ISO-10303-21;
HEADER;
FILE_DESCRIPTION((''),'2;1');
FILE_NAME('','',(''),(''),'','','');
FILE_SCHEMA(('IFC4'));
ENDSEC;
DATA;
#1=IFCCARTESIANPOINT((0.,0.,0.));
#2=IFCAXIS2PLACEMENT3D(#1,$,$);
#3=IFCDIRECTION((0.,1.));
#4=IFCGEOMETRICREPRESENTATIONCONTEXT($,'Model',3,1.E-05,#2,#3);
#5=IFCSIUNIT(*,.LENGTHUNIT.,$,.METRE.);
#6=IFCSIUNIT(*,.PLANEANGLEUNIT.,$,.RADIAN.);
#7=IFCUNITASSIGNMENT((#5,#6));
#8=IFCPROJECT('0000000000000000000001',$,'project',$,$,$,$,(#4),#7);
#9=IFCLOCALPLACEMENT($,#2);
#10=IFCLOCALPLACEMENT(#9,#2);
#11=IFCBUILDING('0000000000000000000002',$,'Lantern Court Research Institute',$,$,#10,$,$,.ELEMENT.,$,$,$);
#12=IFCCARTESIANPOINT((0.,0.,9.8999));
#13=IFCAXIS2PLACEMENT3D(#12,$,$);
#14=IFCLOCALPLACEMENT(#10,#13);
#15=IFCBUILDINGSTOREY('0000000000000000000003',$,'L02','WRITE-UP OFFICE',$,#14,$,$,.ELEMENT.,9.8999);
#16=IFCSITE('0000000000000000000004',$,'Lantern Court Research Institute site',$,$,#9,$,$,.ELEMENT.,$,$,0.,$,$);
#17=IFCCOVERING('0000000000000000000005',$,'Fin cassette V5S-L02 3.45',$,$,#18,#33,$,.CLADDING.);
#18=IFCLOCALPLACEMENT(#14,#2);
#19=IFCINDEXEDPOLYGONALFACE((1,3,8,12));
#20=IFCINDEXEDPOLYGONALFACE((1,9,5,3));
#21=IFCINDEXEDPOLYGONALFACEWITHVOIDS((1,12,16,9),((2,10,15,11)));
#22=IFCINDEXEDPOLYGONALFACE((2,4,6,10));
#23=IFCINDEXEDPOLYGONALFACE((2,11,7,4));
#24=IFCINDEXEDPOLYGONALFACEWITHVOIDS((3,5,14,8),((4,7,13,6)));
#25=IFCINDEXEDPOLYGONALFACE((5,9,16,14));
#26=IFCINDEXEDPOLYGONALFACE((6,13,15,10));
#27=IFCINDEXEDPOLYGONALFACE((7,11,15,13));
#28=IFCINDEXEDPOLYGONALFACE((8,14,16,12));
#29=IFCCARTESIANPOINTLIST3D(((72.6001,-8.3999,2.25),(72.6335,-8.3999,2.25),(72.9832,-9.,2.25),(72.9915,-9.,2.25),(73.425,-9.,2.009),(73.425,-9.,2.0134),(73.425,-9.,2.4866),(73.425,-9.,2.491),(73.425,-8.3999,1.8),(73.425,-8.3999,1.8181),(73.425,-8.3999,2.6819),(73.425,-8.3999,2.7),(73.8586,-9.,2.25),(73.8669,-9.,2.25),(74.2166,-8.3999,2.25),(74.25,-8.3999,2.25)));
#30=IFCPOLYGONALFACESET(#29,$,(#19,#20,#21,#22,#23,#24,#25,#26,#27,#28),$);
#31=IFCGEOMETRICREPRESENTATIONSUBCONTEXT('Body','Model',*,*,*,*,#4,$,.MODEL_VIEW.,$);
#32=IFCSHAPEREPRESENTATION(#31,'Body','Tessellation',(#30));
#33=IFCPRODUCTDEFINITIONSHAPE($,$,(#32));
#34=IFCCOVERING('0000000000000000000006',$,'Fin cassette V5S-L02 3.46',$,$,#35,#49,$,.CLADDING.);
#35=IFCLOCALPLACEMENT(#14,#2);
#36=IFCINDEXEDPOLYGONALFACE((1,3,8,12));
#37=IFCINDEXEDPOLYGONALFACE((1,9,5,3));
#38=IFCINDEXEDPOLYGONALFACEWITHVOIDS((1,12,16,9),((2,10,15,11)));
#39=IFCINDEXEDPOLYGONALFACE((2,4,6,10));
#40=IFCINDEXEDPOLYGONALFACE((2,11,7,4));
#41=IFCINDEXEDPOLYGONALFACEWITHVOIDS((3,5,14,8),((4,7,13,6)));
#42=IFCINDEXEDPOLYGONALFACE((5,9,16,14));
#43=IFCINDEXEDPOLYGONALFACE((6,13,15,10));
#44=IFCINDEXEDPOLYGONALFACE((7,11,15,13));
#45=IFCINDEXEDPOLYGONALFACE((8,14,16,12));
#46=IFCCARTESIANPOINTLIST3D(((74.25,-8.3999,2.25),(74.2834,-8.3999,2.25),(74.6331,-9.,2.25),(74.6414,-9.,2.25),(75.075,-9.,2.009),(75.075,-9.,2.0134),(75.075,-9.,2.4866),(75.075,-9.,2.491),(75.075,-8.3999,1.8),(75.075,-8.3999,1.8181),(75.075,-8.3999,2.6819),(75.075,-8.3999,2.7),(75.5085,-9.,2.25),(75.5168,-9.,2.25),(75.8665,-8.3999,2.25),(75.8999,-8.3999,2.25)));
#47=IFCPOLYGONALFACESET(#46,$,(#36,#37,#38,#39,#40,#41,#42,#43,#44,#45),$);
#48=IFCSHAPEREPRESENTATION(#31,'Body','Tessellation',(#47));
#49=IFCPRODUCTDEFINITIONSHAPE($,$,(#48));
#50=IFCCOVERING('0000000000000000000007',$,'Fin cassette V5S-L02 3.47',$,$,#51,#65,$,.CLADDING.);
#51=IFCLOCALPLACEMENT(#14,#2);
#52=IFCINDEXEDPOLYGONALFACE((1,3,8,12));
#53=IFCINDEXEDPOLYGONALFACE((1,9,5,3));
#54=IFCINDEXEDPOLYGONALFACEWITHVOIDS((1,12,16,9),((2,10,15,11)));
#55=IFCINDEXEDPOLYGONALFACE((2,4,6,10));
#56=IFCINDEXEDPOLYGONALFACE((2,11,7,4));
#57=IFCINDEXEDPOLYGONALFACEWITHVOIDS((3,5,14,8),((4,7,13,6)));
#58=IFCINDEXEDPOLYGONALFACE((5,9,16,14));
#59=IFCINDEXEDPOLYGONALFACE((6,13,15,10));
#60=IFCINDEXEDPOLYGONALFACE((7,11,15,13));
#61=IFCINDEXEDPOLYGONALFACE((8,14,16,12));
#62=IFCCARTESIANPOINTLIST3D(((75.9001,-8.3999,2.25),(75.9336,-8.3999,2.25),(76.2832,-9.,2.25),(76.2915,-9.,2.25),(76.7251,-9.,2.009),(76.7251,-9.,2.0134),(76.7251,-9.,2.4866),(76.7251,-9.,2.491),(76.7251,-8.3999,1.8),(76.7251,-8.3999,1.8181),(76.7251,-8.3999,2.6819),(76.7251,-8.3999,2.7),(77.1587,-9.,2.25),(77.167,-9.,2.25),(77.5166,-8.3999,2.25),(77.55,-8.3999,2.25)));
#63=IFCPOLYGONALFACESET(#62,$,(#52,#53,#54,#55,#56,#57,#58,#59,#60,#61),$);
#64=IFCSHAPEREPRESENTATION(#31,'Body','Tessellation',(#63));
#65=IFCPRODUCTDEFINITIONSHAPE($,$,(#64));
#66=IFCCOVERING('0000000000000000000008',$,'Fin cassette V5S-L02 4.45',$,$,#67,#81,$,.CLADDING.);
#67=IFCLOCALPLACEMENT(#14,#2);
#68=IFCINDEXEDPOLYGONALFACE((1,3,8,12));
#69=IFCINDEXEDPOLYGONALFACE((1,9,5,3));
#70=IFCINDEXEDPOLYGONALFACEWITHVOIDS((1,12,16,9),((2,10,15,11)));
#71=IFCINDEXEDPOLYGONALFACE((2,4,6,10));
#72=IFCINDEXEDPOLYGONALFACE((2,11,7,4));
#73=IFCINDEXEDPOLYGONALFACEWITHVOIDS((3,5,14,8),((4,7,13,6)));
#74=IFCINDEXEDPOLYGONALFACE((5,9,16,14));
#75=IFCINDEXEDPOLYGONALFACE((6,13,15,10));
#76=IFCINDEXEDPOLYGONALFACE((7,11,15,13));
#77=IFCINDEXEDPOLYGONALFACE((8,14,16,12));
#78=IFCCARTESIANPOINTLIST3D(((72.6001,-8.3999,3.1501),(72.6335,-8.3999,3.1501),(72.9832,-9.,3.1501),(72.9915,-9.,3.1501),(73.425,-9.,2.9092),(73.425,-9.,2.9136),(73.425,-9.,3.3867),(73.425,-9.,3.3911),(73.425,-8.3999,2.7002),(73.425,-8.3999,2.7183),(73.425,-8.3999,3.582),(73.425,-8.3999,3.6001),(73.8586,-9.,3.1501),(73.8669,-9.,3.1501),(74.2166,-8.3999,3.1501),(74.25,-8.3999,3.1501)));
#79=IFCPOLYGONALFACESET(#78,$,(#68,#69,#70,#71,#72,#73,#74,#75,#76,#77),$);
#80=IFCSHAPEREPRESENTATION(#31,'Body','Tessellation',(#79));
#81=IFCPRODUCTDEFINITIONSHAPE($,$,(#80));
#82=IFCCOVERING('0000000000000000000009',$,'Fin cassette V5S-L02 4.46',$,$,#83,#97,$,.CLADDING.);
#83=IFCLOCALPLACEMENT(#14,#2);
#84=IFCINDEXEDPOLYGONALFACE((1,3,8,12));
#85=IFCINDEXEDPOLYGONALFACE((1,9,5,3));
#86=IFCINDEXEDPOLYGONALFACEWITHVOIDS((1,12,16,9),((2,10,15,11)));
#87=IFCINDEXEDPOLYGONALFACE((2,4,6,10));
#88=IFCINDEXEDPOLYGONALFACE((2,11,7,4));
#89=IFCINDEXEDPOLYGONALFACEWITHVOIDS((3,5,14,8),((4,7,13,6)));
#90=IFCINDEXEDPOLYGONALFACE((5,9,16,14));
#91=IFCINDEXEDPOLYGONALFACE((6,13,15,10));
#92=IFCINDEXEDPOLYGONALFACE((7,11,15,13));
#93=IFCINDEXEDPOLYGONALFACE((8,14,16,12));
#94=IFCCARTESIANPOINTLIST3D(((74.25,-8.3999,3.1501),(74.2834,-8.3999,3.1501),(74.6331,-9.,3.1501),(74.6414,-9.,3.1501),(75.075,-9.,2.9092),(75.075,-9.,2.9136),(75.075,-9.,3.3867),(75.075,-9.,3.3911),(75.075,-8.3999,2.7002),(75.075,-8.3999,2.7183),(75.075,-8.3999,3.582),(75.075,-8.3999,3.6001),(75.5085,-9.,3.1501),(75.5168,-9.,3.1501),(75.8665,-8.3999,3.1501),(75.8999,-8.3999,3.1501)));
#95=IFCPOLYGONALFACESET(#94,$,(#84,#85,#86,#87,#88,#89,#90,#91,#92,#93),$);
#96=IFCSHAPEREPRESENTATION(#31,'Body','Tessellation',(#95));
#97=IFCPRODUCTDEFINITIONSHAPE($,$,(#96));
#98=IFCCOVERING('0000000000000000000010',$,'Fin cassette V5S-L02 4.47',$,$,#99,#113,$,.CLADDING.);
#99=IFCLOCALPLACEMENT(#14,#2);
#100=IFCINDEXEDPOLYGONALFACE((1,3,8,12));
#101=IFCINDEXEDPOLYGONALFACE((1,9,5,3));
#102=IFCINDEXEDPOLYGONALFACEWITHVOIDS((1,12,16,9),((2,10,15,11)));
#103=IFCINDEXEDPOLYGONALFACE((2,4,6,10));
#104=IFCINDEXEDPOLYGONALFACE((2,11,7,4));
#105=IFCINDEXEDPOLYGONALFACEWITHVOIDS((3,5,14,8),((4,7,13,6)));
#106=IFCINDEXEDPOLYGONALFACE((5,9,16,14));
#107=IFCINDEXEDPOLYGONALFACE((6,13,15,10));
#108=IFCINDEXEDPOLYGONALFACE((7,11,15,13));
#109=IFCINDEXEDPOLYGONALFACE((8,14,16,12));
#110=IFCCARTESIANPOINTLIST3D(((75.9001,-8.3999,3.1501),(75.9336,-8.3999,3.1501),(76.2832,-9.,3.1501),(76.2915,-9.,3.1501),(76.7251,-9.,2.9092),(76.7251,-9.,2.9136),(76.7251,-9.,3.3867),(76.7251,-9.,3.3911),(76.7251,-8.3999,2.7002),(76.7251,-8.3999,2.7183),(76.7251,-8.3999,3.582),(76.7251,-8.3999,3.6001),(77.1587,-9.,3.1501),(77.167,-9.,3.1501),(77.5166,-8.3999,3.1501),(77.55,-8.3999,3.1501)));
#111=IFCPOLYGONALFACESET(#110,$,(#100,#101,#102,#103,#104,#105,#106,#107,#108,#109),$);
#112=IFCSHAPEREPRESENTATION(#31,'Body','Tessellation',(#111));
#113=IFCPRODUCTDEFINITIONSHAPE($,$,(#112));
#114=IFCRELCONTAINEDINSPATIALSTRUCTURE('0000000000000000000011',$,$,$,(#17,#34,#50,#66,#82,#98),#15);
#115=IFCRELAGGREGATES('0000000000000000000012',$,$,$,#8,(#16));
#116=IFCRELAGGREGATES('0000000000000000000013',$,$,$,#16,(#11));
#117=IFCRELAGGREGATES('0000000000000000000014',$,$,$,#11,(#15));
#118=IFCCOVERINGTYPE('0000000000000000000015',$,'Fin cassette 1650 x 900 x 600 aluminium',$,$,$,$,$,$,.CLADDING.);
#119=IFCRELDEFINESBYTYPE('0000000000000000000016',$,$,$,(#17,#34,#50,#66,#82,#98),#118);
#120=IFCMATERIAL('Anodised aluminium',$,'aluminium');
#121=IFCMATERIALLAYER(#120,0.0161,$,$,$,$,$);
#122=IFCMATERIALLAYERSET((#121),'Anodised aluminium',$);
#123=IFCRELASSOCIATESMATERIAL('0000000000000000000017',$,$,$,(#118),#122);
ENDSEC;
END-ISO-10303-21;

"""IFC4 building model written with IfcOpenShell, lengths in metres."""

from ifc_helpers import new_model, entity, si_unit, direction, frame, origin, place, context, subcontext, project, spatial, material, layer, layer_set, type_object, element, save


model = new_model("IFC4")

# Units and contexts
model_context = context("Model", 3, precision=1e-05, world=origin(), true_north=direction((0.0, 1.0)))
body_context = subcontext(model_context, "Body", "Model", "MODEL_VIEW")
ifc_project = project(units=[si_unit("LENGTHUNIT", "METRE"), si_unit("PLANEANGLEUNIT", "RADIAN")], contexts=[model_context])

# Site, building, storey
site_placement = place(None, origin())
site = spatial("IfcSite", under=ifc_project, at=site_placement, Name="Lantern Court Research Institute site", CompositionType="ELEMENT", RefElevation=0.0)
building_placement = place(site_placement, origin())
building = spatial("IfcBuilding", under=site, at=building_placement, Name="Lantern Court Research Institute", CompositionType="ELEMENT")
storey_placement = place(building_placement, frame((0.0, 0.0, 9.8999)))
storey = spatial("IfcBuildingStorey", under=building, at=storey_placement, Name="L02", Description="WRITE-UP OFFICE", CompositionType="ELEMENT", Elevation=9.8999)

# Coverings
ifc_material_1 = material(Name="Anodised aluminium", Category="aluminium")
ifc_layer_1 = layer(ifc_material_1, 0.0161)
ifc_layer_set_1 = layer_set([ifc_layer_1], Name="Anodised aluminium")
covering_type = type_object("IfcCoveringType", Name="Fin cassette 1650 x 900 x 600 aluminium", PredefinedType="CLADDING", material=ifc_layer_set_1)
covering_1_placement = place(storey_placement, frame((73.425, -8.3999, 2.25), z_axis=(0.0, -1.0, 0.0), x_axis=(1.0, 0.0, 0.0)))
cartesian_point_1 = entity("IfcCartesianPoint", [0.825, 0.0])
cartesian_point_2 = entity("IfcCartesianPoint", [0.7915, 0.0])
cartesian_point_3 = entity("IfcCartesianPoint", [0.4419, 0.0])
cartesian_point_4 = entity("IfcCartesianPoint", [0.4336, 0.0])
element("IfcCovering", 1, at=covering_1_placement, inside=storey, type_object=covering_type, Name="Fin cassette V5S-L02 3.45", PredefinedType="CLADDING", context=body_context, shape_type="SweptSolid", body=[
    entity("IfcExtrudedAreaSolidTapered", entity("IfcArbitraryProfileDefWithVoids", "AREA", None, entity("IfcPolyline", [cartesian_point_1, entity("IfcCartesianPoint", [0.0, 0.45]), entity("IfcCartesianPoint", [-0.825, 0.0]), entity("IfcCartesianPoint", [0.0, -0.45]), cartesian_point_1]), [entity("IfcPolyline", [cartesian_point_2, entity("IfcCartesianPoint", [0.0, 0.4319]), entity("IfcCartesianPoint", [-0.7915, 0.0]), entity("IfcCartesianPoint", [0.0, -0.4319]), cartesian_point_2])]), entity("IfcAxis2Placement3D", entity("IfcCartesianPoint", [0.0, 0.0, 0.0])), entity("IfcDirection", [0.0, 0.0, 1.0]), 0.6001, entity("IfcArbitraryProfileDefWithVoids", "AREA", None, entity("IfcPolyline", [cartesian_point_3, entity("IfcCartesianPoint", [0.0, 0.241]), entity("IfcCartesianPoint", [-0.4419, 0.0]), entity("IfcCartesianPoint", [0.0, -0.241]), cartesian_point_3]), [entity("IfcPolyline", [cartesian_point_4, entity("IfcCartesianPoint", [0.0, 0.2366]), entity("IfcCartesianPoint", [-0.4336, 0.0]), entity("IfcCartesianPoint", [0.0, -0.2366]), cartesian_point_4])])),
])
covering_2_placement = place(storey_placement, frame((75.075, -8.3999, 2.25), z_axis=(0.0, -1.0, 0.0), x_axis=(1.0, 0.0, 0.0)))
cartesian_point_5 = entity("IfcCartesianPoint", [0.825, 0.0])
cartesian_point_6 = entity("IfcCartesianPoint", [0.7915, 0.0])
cartesian_point_7 = entity("IfcCartesianPoint", [0.4419, 0.0])
cartesian_point_8 = entity("IfcCartesianPoint", [0.4336, 0.0])
element("IfcCovering", 2, at=covering_2_placement, inside=storey, type_object=covering_type, Name="Fin cassette V5S-L02 3.46", PredefinedType="CLADDING", context=body_context, shape_type="SweptSolid", body=[
    entity("IfcExtrudedAreaSolidTapered", entity("IfcArbitraryProfileDefWithVoids", "AREA", None, entity("IfcPolyline", [cartesian_point_5, entity("IfcCartesianPoint", [0.0, 0.45]), entity("IfcCartesianPoint", [-0.825, 0.0]), entity("IfcCartesianPoint", [0.0, -0.45]), cartesian_point_5]), [entity("IfcPolyline", [cartesian_point_6, entity("IfcCartesianPoint", [0.0, 0.4319]), entity("IfcCartesianPoint", [-0.7915, 0.0]), entity("IfcCartesianPoint", [0.0, -0.4319]), cartesian_point_6])]), entity("IfcAxis2Placement3D", entity("IfcCartesianPoint", [0.0, 0.0, 0.0])), entity("IfcDirection", [0.0, 0.0, 1.0]), 0.6001, entity("IfcArbitraryProfileDefWithVoids", "AREA", None, entity("IfcPolyline", [cartesian_point_7, entity("IfcCartesianPoint", [0.0, 0.241]), entity("IfcCartesianPoint", [-0.4419, 0.0]), entity("IfcCartesianPoint", [0.0, -0.241]), cartesian_point_7]), [entity("IfcPolyline", [cartesian_point_8, entity("IfcCartesianPoint", [0.0, 0.2366]), entity("IfcCartesianPoint", [-0.4336, 0.0]), entity("IfcCartesianPoint", [0.0, -0.2366]), cartesian_point_8])])),
])
covering_3_placement = place(storey_placement, frame((76.7251, -8.3999, 2.25), z_axis=(0.0, -1.0, 0.0), x_axis=(1.0, 0.0, 0.0)))
cartesian_point_9 = entity("IfcCartesianPoint", [0.825, 0.0])
cartesian_point_10 = entity("IfcCartesianPoint", [0.7915, 0.0])
cartesian_point_11 = entity("IfcCartesianPoint", [0.4419, 0.0])
cartesian_point_12 = entity("IfcCartesianPoint", [0.4336, 0.0])
element("IfcCovering", 3, at=covering_3_placement, inside=storey, type_object=covering_type, Name="Fin cassette V5S-L02 3.47", PredefinedType="CLADDING", context=body_context, shape_type="SweptSolid", body=[
    entity("IfcExtrudedAreaSolidTapered", entity("IfcArbitraryProfileDefWithVoids", "AREA", None, entity("IfcPolyline", [cartesian_point_9, entity("IfcCartesianPoint", [0.0, 0.45]), entity("IfcCartesianPoint", [-0.825, 0.0]), entity("IfcCartesianPoint", [0.0, -0.45]), cartesian_point_9]), [entity("IfcPolyline", [cartesian_point_10, entity("IfcCartesianPoint", [0.0, 0.4319]), entity("IfcCartesianPoint", [-0.7915, 0.0]), entity("IfcCartesianPoint", [0.0, -0.4319]), cartesian_point_10])]), entity("IfcAxis2Placement3D", entity("IfcCartesianPoint", [0.0, 0.0, 0.0])), entity("IfcDirection", [0.0, 0.0, 1.0]), 0.6001, entity("IfcArbitraryProfileDefWithVoids", "AREA", None, entity("IfcPolyline", [cartesian_point_11, entity("IfcCartesianPoint", [0.0, 0.241]), entity("IfcCartesianPoint", [-0.4419, 0.0]), entity("IfcCartesianPoint", [0.0, -0.241]), cartesian_point_11]), [entity("IfcPolyline", [cartesian_point_12, entity("IfcCartesianPoint", [0.0, 0.2366]), entity("IfcCartesianPoint", [-0.4336, 0.0]), entity("IfcCartesianPoint", [0.0, -0.2366]), cartesian_point_12])])),
])
covering_4_placement = place(storey_placement, frame((73.425, -8.3999, 3.1501), z_axis=(0.0, -1.0, 0.0), x_axis=(1.0, 0.0, 0.0)))
cartesian_point_13 = entity("IfcCartesianPoint", [0.825, 0.0])
cartesian_point_14 = entity("IfcCartesianPoint", [0.7915, 0.0])
cartesian_point_15 = entity("IfcCartesianPoint", [0.4419, 0.0])
cartesian_point_16 = entity("IfcCartesianPoint", [0.4336, 0.0])
element("IfcCovering", 4, at=covering_4_placement, inside=storey, type_object=covering_type, Name="Fin cassette V5S-L02 4.45", PredefinedType="CLADDING", context=body_context, shape_type="SweptSolid", body=[
    entity("IfcExtrudedAreaSolidTapered", entity("IfcArbitraryProfileDefWithVoids", "AREA", None, entity("IfcPolyline", [cartesian_point_13, entity("IfcCartesianPoint", [0.0, 0.45]), entity("IfcCartesianPoint", [-0.825, 0.0]), entity("IfcCartesianPoint", [0.0, -0.45]), cartesian_point_13]), [entity("IfcPolyline", [cartesian_point_14, entity("IfcCartesianPoint", [0.0, 0.4319]), entity("IfcCartesianPoint", [-0.7915, 0.0]), entity("IfcCartesianPoint", [0.0, -0.4319]), cartesian_point_14])]), entity("IfcAxis2Placement3D", entity("IfcCartesianPoint", [0.0, 0.0, 0.0])), entity("IfcDirection", [0.0, 0.0, 1.0]), 0.6001, entity("IfcArbitraryProfileDefWithVoids", "AREA", None, entity("IfcPolyline", [cartesian_point_15, entity("IfcCartesianPoint", [0.0, 0.241]), entity("IfcCartesianPoint", [-0.4419, 0.0]), entity("IfcCartesianPoint", [0.0, -0.241]), cartesian_point_15]), [entity("IfcPolyline", [cartesian_point_16, entity("IfcCartesianPoint", [0.0, 0.2366]), entity("IfcCartesianPoint", [-0.4336, 0.0]), entity("IfcCartesianPoint", [0.0, -0.2366]), cartesian_point_16])])),
])
covering_5_placement = place(storey_placement, frame((75.075, -8.3999, 3.1501), z_axis=(0.0, -1.0, 0.0), x_axis=(1.0, 0.0, 0.0)))
cartesian_point_17 = entity("IfcCartesianPoint", [0.825, 0.0])
cartesian_point_18 = entity("IfcCartesianPoint", [0.7915, 0.0])
cartesian_point_19 = entity("IfcCartesianPoint", [0.4419, 0.0])
cartesian_point_20 = entity("IfcCartesianPoint", [0.4336, 0.0])
element("IfcCovering", 5, at=covering_5_placement, inside=storey, type_object=covering_type, Name="Fin cassette V5S-L02 4.46", PredefinedType="CLADDING", context=body_context, shape_type="SweptSolid", body=[
    entity("IfcExtrudedAreaSolidTapered", entity("IfcArbitraryProfileDefWithVoids", "AREA", None, entity("IfcPolyline", [cartesian_point_17, entity("IfcCartesianPoint", [0.0, 0.45]), entity("IfcCartesianPoint", [-0.825, 0.0]), entity("IfcCartesianPoint", [0.0, -0.45]), cartesian_point_17]), [entity("IfcPolyline", [cartesian_point_18, entity("IfcCartesianPoint", [0.0, 0.4319]), entity("IfcCartesianPoint", [-0.7915, 0.0]), entity("IfcCartesianPoint", [0.0, -0.4319]), cartesian_point_18])]), entity("IfcAxis2Placement3D", entity("IfcCartesianPoint", [0.0, 0.0, 0.0])), entity("IfcDirection", [0.0, 0.0, 1.0]), 0.6001, entity("IfcArbitraryProfileDefWithVoids", "AREA", None, entity("IfcPolyline", [cartesian_point_19, entity("IfcCartesianPoint", [0.0, 0.241]), entity("IfcCartesianPoint", [-0.4419, 0.0]), entity("IfcCartesianPoint", [0.0, -0.241]), cartesian_point_19]), [entity("IfcPolyline", [cartesian_point_20, entity("IfcCartesianPoint", [0.0, 0.2366]), entity("IfcCartesianPoint", [-0.4336, 0.0]), entity("IfcCartesianPoint", [0.0, -0.2366]), cartesian_point_20])])),
])
covering_6_placement = place(storey_placement, frame((76.7251, -8.3999, 3.1501), z_axis=(0.0, -1.0, 0.0), x_axis=(1.0, 0.0, 0.0)))
cartesian_point_21 = entity("IfcCartesianPoint", [0.825, 0.0])
cartesian_point_22 = entity("IfcCartesianPoint", [0.7915, 0.0])
cartesian_point_23 = entity("IfcCartesianPoint", [0.4419, 0.0])
cartesian_point_24 = entity("IfcCartesianPoint", [0.4336, 0.0])
element("IfcCovering", 6, at=covering_6_placement, inside=storey, type_object=covering_type, Name="Fin cassette V5S-L02 4.47", PredefinedType="CLADDING", context=body_context, shape_type="SweptSolid", body=[
    entity("IfcExtrudedAreaSolidTapered", entity("IfcArbitraryProfileDefWithVoids", "AREA", None, entity("IfcPolyline", [cartesian_point_21, entity("IfcCartesianPoint", [0.0, 0.45]), entity("IfcCartesianPoint", [-0.825, 0.0]), entity("IfcCartesianPoint", [0.0, -0.45]), cartesian_point_21]), [entity("IfcPolyline", [cartesian_point_22, entity("IfcCartesianPoint", [0.0, 0.4319]), entity("IfcCartesianPoint", [-0.7915, 0.0]), entity("IfcCartesianPoint", [0.0, -0.4319]), cartesian_point_22])]), entity("IfcAxis2Placement3D", entity("IfcCartesianPoint", [0.0, 0.0, 0.0])), entity("IfcDirection", [0.0, 0.0, 1.0]), 0.6001, entity("IfcArbitraryProfileDefWithVoids", "AREA", None, entity("IfcPolyline", [cartesian_point_23, entity("IfcCartesianPoint", [0.0, 0.241]), entity("IfcCartesianPoint", [-0.4419, 0.0]), entity("IfcCartesianPoint", [0.0, -0.241]), cartesian_point_23]), [entity("IfcPolyline", [cartesian_point_24, entity("IfcCartesianPoint", [0.0, 0.2366]), entity("IfcCartesianPoint", [-0.4336, 0.0]), entity("IfcCartesianPoint", [0.0, -0.2366]), cartesian_point_24])])),
])

save(model, "model.ifc")
